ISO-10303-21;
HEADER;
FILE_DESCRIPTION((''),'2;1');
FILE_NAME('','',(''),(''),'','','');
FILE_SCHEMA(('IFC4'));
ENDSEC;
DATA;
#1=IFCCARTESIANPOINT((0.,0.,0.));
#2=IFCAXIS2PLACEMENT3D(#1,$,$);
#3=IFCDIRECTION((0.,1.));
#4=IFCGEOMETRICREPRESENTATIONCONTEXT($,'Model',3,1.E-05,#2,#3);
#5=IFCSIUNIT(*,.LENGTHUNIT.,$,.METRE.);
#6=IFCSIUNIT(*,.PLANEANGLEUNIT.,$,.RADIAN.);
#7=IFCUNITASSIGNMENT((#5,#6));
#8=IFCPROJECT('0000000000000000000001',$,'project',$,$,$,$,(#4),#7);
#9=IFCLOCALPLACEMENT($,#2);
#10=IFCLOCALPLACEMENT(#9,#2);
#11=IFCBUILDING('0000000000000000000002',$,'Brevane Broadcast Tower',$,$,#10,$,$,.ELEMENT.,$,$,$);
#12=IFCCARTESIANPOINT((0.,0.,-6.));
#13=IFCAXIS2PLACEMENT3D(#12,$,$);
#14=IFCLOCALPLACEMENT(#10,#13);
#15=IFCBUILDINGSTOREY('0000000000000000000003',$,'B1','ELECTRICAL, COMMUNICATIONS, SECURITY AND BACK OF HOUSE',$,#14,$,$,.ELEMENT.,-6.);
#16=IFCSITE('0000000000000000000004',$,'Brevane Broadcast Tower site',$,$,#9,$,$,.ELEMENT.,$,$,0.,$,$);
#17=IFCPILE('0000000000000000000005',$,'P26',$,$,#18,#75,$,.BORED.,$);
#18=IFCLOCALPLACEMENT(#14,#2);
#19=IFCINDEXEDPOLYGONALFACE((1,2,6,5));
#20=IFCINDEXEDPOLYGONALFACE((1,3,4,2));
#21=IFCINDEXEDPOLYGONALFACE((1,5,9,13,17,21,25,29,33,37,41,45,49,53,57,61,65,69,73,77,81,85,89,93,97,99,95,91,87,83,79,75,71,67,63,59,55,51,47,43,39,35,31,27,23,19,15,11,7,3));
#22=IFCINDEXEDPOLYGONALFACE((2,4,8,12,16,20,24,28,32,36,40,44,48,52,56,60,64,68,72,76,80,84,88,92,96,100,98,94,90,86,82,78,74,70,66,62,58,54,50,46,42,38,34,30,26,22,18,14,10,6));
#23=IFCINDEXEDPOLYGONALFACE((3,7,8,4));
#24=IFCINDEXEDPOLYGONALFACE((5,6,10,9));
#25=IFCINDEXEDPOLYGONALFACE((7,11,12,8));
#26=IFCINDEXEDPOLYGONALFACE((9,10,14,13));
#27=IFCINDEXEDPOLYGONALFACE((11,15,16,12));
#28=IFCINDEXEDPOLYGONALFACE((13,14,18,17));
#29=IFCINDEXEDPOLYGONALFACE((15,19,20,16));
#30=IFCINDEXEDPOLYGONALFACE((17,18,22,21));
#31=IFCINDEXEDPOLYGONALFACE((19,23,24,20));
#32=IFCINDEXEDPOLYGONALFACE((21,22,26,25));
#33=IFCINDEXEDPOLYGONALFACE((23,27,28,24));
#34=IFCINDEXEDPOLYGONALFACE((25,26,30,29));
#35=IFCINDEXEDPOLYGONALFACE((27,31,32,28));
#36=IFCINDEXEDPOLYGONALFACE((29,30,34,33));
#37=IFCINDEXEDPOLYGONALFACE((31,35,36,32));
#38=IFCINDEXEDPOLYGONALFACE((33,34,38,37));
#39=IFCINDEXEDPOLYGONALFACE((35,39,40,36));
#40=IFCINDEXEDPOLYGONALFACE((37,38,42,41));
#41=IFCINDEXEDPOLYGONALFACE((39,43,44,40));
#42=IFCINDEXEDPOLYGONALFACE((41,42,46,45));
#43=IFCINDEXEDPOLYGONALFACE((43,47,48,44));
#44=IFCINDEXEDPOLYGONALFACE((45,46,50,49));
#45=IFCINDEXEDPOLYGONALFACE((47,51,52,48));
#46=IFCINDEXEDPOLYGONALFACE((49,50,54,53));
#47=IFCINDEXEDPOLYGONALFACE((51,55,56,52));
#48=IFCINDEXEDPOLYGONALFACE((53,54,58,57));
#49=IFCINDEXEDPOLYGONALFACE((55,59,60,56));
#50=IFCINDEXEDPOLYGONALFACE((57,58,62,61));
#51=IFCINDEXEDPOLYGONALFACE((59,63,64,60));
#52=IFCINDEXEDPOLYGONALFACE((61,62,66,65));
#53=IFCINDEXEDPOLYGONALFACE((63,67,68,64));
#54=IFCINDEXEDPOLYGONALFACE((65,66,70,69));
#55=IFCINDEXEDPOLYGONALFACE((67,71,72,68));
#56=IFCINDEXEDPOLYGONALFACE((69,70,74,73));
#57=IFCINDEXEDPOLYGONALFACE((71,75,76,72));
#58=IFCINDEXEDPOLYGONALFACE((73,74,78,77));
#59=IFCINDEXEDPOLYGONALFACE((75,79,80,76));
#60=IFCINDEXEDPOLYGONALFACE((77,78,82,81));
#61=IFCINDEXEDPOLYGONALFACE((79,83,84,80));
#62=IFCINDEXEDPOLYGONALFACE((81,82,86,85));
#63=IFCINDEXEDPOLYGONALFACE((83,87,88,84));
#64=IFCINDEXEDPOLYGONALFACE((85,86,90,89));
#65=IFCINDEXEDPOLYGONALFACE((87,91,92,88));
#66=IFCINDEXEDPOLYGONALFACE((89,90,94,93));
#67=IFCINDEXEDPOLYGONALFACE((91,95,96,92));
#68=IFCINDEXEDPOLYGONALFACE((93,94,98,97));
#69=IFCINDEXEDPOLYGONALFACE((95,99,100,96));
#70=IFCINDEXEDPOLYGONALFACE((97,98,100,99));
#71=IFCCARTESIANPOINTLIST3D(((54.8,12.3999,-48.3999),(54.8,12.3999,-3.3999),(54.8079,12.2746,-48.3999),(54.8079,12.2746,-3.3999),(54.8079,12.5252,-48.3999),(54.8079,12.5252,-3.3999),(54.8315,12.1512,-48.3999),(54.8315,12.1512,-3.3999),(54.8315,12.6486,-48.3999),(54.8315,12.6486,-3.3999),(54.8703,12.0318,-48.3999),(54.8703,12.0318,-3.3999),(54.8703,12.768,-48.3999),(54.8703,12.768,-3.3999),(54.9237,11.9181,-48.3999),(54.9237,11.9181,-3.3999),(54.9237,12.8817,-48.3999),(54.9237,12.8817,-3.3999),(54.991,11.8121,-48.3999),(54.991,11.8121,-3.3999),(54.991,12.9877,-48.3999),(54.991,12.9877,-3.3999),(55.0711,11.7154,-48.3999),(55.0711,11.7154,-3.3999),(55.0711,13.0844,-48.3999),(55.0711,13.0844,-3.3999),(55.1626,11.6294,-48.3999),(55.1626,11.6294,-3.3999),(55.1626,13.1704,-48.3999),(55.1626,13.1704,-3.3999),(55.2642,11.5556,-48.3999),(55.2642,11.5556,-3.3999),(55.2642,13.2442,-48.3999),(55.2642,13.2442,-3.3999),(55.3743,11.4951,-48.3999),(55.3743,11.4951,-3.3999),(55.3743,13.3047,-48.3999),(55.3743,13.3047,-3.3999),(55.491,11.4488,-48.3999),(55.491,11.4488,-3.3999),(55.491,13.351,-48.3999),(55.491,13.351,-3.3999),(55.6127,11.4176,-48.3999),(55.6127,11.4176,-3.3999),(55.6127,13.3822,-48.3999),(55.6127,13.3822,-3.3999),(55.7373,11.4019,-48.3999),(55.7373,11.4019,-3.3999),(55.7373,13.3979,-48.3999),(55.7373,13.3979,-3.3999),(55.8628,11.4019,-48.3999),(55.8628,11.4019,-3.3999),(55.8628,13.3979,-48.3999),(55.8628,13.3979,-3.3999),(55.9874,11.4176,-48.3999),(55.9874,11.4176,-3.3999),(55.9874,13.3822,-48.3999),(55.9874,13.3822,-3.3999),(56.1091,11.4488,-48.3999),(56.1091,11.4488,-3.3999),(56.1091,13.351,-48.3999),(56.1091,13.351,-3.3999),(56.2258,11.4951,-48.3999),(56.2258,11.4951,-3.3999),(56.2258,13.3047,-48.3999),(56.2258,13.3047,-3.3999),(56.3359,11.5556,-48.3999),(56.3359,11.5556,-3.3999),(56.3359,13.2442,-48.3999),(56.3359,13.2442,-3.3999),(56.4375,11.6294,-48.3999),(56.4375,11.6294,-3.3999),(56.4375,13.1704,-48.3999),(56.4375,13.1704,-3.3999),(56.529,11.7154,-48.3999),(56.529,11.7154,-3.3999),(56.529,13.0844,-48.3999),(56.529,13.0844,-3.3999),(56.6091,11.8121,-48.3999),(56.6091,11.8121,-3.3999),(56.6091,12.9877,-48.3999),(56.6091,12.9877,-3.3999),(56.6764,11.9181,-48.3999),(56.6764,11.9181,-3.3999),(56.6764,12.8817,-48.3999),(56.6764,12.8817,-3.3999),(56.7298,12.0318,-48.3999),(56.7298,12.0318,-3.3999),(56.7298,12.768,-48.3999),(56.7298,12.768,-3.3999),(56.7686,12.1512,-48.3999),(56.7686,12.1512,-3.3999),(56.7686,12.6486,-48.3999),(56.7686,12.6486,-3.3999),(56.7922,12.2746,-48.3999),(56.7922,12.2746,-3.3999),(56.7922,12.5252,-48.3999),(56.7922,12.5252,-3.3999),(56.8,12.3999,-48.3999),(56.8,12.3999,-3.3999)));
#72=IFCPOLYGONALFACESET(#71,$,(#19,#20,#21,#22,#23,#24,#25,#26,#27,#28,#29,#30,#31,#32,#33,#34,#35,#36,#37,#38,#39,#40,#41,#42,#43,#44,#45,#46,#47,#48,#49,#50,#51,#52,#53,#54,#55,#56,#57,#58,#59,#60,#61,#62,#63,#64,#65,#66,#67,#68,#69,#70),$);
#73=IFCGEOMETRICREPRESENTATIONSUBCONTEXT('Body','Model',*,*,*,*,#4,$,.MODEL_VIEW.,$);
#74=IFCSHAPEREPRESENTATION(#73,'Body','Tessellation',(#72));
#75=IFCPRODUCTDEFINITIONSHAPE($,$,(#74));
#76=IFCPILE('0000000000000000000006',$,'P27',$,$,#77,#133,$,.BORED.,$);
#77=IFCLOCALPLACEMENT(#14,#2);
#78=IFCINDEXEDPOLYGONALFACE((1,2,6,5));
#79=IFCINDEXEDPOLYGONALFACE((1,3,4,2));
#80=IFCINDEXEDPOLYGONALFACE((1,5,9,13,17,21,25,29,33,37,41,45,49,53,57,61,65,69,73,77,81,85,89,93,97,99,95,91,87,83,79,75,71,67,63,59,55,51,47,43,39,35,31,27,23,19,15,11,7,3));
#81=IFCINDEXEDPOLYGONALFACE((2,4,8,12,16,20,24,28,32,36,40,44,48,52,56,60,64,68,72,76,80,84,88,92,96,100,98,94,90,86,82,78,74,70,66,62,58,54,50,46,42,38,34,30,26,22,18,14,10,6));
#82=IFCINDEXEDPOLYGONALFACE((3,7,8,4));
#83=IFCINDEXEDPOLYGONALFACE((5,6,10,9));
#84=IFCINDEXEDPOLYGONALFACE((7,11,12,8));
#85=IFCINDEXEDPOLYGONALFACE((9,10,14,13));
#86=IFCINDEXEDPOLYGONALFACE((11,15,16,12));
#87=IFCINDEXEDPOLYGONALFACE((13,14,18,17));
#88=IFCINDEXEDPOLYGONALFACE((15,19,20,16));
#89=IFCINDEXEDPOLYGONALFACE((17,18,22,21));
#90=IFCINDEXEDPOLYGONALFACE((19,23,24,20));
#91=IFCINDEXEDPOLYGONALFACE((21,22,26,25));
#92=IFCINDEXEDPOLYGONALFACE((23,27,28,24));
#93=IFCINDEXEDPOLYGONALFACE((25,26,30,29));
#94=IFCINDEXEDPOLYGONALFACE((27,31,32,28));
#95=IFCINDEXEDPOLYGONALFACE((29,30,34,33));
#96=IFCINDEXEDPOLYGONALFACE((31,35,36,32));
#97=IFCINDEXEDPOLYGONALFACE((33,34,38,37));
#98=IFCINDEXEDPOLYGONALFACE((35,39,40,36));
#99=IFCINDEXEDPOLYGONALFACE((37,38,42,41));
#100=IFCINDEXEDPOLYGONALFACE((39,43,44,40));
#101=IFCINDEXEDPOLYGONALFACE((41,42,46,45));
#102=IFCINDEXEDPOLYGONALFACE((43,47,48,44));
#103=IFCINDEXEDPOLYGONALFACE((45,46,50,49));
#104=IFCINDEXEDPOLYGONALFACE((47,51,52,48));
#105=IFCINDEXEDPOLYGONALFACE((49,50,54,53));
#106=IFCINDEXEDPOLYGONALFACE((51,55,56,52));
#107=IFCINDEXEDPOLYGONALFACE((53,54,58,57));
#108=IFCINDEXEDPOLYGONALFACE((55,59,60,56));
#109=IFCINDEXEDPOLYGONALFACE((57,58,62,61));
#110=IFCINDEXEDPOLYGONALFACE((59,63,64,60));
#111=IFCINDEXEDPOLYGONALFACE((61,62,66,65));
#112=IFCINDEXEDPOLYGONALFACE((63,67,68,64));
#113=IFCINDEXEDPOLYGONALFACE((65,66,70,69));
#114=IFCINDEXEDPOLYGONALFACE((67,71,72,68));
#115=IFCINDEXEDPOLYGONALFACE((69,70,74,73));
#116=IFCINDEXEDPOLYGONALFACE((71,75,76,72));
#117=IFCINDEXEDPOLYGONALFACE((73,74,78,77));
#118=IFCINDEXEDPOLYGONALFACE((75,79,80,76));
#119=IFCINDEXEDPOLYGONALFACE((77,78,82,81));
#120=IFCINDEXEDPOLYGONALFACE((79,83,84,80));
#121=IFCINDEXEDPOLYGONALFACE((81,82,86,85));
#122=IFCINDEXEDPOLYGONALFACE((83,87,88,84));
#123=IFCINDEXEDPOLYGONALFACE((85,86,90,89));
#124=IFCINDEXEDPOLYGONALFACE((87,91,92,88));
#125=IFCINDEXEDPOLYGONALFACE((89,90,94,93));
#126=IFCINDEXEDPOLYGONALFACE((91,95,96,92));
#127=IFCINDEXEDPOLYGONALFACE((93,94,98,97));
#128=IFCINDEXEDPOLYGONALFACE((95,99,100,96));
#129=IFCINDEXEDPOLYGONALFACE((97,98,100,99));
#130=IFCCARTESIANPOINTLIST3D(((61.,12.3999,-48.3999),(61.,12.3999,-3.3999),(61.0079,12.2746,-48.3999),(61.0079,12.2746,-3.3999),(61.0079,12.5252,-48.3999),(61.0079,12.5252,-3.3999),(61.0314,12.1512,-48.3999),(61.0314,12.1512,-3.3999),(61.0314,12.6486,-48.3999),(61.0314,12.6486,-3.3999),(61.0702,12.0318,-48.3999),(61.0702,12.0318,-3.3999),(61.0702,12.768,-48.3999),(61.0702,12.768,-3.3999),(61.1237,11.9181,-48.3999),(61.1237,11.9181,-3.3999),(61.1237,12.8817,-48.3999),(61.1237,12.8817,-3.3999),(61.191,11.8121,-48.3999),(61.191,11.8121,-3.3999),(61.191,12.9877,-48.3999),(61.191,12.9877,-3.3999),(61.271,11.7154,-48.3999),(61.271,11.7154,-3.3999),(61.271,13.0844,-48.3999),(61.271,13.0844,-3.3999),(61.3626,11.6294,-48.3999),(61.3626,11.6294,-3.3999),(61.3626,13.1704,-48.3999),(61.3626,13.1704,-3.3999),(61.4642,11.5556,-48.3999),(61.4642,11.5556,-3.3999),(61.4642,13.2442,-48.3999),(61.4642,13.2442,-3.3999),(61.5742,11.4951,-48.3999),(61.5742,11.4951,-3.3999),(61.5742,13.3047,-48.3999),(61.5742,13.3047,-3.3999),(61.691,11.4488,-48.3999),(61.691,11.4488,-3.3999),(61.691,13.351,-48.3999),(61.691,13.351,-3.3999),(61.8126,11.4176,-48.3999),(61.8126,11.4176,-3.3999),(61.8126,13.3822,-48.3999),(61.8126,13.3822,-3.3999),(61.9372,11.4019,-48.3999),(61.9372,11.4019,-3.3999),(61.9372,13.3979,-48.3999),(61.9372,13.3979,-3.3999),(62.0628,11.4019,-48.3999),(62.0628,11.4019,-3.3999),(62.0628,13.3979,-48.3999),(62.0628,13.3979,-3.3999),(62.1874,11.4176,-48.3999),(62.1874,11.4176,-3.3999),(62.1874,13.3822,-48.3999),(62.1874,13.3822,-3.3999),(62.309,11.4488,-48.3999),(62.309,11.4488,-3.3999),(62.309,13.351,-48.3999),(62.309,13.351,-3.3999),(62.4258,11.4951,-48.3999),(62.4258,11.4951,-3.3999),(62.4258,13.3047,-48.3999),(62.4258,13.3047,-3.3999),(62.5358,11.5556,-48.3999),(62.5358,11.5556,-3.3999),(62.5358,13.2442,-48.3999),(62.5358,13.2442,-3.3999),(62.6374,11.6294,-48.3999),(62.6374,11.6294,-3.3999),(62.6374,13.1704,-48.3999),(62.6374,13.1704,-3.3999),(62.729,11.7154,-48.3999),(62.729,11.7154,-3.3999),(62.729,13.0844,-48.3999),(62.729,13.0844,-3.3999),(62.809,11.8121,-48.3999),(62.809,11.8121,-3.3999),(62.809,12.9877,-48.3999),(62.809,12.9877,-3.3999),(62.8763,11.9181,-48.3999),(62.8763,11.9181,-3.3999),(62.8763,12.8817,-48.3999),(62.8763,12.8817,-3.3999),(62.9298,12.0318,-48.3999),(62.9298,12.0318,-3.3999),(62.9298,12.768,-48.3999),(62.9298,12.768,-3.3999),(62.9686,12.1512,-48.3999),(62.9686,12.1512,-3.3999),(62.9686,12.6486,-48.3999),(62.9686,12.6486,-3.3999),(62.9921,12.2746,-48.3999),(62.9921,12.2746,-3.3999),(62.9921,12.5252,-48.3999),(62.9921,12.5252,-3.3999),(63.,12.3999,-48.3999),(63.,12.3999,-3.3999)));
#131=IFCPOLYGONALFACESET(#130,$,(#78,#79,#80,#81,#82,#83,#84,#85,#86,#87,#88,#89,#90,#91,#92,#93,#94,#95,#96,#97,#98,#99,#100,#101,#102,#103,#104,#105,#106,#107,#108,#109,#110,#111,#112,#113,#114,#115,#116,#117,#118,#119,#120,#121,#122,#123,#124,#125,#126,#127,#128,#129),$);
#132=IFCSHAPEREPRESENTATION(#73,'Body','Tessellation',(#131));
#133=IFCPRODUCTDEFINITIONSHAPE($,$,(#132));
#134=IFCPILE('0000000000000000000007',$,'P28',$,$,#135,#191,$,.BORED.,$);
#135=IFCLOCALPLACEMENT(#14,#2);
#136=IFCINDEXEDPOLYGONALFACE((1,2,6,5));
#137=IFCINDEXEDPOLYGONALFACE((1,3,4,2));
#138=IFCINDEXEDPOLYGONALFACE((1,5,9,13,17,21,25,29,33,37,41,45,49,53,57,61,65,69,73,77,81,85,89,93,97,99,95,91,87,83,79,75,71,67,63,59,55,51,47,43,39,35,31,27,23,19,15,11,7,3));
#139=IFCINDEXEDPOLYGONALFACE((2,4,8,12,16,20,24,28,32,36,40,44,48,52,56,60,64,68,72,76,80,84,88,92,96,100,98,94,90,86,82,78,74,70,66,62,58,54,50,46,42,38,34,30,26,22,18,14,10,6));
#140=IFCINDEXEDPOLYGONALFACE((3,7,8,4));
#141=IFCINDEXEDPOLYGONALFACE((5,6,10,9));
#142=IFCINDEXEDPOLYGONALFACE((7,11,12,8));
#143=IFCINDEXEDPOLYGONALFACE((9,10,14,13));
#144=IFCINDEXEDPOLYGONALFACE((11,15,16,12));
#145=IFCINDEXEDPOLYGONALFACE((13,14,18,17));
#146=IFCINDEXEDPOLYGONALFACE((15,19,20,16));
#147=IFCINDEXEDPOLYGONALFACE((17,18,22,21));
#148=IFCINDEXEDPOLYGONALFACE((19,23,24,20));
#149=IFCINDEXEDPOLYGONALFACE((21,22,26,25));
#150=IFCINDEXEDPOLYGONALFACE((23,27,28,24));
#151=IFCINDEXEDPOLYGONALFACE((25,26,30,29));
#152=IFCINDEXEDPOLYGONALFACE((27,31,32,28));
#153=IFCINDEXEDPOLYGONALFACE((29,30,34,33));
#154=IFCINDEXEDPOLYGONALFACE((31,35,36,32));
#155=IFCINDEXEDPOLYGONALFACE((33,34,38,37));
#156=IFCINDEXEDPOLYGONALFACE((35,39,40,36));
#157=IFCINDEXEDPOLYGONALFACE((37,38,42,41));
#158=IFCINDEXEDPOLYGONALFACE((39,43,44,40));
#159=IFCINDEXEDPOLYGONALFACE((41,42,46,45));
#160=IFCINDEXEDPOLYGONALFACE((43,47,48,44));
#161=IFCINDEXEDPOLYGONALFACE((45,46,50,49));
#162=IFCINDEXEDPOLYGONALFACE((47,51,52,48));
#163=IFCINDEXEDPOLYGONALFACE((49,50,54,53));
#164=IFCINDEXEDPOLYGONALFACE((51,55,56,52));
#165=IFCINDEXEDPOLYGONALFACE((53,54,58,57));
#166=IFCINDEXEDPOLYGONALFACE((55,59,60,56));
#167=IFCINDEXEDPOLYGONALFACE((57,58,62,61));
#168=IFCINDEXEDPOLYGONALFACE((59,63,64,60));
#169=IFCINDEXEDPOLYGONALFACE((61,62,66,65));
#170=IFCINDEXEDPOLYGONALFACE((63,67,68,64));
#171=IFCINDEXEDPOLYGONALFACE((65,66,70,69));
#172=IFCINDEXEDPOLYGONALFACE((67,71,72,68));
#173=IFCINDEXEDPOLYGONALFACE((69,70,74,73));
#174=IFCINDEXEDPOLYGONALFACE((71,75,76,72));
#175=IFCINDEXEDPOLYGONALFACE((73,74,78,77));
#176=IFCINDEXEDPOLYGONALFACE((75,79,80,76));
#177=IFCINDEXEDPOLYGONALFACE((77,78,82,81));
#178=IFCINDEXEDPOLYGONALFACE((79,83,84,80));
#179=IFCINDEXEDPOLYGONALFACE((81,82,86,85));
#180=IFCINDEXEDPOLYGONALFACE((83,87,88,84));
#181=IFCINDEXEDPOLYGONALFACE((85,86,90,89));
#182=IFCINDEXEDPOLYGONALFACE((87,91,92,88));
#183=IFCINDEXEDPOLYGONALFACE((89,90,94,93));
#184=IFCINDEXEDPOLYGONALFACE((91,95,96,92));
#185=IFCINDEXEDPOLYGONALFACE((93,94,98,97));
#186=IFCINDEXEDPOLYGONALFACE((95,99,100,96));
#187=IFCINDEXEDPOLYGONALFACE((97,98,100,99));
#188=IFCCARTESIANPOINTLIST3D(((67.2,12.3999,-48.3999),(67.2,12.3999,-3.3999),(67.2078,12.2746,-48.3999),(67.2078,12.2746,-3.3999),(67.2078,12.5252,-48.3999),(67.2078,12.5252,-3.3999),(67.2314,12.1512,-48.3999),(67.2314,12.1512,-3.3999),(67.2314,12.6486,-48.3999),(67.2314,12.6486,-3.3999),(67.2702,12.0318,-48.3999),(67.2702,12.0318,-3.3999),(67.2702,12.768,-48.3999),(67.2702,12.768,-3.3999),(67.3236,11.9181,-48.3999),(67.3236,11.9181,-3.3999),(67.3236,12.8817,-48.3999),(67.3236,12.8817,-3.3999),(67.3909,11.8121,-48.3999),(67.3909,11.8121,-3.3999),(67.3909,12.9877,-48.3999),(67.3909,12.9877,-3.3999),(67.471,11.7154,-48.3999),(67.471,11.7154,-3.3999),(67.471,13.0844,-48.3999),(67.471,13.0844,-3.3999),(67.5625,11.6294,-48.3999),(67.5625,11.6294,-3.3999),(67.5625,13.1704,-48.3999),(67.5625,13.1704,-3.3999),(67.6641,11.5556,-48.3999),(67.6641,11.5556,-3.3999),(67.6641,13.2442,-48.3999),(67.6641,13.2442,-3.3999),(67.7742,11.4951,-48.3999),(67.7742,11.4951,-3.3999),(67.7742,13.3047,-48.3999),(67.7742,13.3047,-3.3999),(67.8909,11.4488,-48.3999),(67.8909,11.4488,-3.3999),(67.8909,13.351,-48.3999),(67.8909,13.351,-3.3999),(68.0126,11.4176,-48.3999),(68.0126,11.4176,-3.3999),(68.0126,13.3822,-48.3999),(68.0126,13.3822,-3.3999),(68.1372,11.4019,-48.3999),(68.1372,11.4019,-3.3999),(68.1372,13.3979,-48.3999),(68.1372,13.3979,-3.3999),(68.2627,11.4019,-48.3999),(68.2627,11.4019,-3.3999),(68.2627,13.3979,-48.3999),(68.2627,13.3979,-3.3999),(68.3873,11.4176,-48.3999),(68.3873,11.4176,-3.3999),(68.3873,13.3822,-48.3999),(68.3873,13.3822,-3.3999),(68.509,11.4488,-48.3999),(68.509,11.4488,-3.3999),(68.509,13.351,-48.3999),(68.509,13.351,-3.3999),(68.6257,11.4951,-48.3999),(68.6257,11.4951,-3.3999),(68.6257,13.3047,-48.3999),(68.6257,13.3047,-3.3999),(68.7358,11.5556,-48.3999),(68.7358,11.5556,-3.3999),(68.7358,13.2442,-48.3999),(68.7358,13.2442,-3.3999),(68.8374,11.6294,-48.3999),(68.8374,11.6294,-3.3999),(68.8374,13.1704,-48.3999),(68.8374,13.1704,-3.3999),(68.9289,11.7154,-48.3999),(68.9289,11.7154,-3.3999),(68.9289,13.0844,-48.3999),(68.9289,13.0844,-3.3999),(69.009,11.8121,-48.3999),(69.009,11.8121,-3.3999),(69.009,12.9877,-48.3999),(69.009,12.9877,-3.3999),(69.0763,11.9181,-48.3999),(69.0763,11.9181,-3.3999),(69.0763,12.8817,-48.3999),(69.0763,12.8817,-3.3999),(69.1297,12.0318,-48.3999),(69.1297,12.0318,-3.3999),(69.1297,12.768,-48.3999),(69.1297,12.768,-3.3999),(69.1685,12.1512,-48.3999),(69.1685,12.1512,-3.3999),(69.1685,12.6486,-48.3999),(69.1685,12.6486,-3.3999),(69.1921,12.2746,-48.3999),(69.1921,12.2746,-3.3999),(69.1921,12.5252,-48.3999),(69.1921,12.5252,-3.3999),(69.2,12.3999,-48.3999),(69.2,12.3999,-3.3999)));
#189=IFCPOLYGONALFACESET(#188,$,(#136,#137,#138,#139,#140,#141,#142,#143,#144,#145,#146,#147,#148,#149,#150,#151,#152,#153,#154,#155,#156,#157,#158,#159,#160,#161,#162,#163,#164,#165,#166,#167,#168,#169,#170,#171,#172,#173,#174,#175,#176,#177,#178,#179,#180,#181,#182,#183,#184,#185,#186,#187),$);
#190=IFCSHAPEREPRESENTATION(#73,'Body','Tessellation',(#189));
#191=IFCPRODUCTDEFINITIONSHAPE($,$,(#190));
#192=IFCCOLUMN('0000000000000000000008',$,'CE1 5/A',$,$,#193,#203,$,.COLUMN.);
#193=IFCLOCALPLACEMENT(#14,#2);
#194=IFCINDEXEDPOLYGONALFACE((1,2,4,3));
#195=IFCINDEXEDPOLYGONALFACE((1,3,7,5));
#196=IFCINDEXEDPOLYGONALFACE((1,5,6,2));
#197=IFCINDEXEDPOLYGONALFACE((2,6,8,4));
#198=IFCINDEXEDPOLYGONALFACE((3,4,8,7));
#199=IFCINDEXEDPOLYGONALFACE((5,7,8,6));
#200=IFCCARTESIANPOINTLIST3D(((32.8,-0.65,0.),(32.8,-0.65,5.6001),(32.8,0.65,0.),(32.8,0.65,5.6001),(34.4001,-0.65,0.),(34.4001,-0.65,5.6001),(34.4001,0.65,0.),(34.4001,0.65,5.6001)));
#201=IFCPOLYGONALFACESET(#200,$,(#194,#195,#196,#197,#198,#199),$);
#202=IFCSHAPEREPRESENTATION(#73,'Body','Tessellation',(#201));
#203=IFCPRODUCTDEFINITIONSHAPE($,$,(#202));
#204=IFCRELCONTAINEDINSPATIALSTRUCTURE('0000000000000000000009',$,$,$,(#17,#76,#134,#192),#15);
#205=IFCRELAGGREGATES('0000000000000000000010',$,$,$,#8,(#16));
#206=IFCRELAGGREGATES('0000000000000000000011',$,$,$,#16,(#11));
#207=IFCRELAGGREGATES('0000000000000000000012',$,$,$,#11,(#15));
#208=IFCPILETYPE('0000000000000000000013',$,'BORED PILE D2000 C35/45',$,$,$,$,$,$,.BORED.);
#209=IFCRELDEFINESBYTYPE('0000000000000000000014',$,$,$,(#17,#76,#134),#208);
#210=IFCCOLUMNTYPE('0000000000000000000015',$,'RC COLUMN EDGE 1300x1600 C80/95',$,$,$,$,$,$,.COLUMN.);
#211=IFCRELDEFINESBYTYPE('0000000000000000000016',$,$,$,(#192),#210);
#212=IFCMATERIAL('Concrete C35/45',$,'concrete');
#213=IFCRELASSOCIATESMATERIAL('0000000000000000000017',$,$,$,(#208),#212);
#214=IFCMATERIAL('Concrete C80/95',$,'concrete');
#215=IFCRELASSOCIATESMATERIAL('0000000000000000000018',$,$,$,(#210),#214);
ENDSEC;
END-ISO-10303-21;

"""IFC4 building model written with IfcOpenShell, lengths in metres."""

from ifc_helpers import new_model, si_unit, direction, frame, origin, origin_2d, place, context, subcontext, project, spatial, rectangle, circle, extrude, material, material_profile, profile_set, type_object, element, save


model = new_model("IFC4")

# Units and contexts
model_context = context("Model", 3, precision=1e-05, world=origin(), true_north=direction((0.0, 1.0)))
body_context = subcontext(model_context, "Body", "Model", "MODEL_VIEW")
ifc_project = project(units=[si_unit("LENGTHUNIT", "METRE"), si_unit("PLANEANGLEUNIT", "RADIAN")], contexts=[model_context])

# Site, building, storey
site_placement = place(None, origin())
site = spatial("IfcSite", under=ifc_project, at=site_placement, Name="Brevane Broadcast Tower site", CompositionType="ELEMENT", RefElevation=0.0)
building_placement = place(site_placement, origin())
building = spatial("IfcBuilding", under=site, at=building_placement, Name="Brevane Broadcast Tower", CompositionType="ELEMENT")
storey_placement = place(building_placement, frame((0.0, 0.0, -6.0)))
storey = spatial("IfcBuildingStorey", under=building, at=storey_placement, Name="B1", Description="ELECTRICAL, COMMUNICATIONS, SECURITY AND BACK OF HOUSE", CompositionType="ELEMENT", Elevation=-6.0)

# Piles
ifc_material_1 = material(Name="Concrete C35/45", Category="concrete")
ifc_material_profile_1 = material_profile(ifc_material_1, circle(Radius=1.0, at=origin_2d()), Name="RC D2000")
ifc_profile_set_1 = profile_set([ifc_material_profile_1], Name="Concrete C35/45")
pile_type = type_object("IfcPileType", Name="BORED PILE D2000 C35/45", PredefinedType="BORED", material=ifc_profile_set_1)
for number, where, z_axis, x_axis, name in (
    (1, (55.8, 12.3999, -3.3999), (0.0, 0.0, -1.0), (1.0, 0.0, 0.0), "P26"),
    (2, (62.0, 12.3999, -3.3999), (0.0, 0.0, -1.0), (1.0, 0.0, 0.0), "P27"),
    (3, (68.2, 12.3999, -3.3999), (0.0, 0.0, -1.0), (1.0, 0.0, 0.0), "P28"),
):
    element("IfcPile", number, at=place(storey_placement, frame(where, z_axis=z_axis, x_axis=x_axis)), inside=storey, type_object=pile_type, Name=name, PredefinedType="BORED", context=body_context, shape_type="SweptSolid", body=[
        extrude(circle(Radius=1.0, at=origin_2d()), origin(), (0.0, 0.0, 1.0), 45.0),
    ])

# Column
ifc_material_2 = material(Name="Concrete C80/95", Category="concrete")
ifc_material_profile_2 = material_profile(ifc_material_2, rectangle(XDim=1.3, YDim=1.6001, at=origin_2d()), Name="RC 1300x1600")
ifc_profile_set_2 = profile_set([ifc_material_profile_2], Name="Concrete C80/95")
column_type_1 = type_object("IfcColumnType", Name="RC COLUMN EDGE 1300x1600 C80/95", PredefinedType="COLUMN", material=ifc_profile_set_2)
for number, where, z_axis, x_axis, name in (
    (4, (33.6001, 0.0, 0.0), (0.0, 0.0, 1.0), (0.0, 1.0, 0.0), "CE1 5/A"),
):
    element("IfcColumn", number, at=place(storey_placement, frame(where, z_axis=z_axis, x_axis=x_axis)), inside=storey, type_object=column_type_1, Name=name, PredefinedType="COLUMN", context=body_context, shape_type="SweptSolid", body=[
        extrude(rectangle(XDim=1.3, YDim=1.6001, at=origin_2d()), origin(), (0.0, 0.0, 1.0), 5.6001),
    ])

save(model, "model.ifc")
